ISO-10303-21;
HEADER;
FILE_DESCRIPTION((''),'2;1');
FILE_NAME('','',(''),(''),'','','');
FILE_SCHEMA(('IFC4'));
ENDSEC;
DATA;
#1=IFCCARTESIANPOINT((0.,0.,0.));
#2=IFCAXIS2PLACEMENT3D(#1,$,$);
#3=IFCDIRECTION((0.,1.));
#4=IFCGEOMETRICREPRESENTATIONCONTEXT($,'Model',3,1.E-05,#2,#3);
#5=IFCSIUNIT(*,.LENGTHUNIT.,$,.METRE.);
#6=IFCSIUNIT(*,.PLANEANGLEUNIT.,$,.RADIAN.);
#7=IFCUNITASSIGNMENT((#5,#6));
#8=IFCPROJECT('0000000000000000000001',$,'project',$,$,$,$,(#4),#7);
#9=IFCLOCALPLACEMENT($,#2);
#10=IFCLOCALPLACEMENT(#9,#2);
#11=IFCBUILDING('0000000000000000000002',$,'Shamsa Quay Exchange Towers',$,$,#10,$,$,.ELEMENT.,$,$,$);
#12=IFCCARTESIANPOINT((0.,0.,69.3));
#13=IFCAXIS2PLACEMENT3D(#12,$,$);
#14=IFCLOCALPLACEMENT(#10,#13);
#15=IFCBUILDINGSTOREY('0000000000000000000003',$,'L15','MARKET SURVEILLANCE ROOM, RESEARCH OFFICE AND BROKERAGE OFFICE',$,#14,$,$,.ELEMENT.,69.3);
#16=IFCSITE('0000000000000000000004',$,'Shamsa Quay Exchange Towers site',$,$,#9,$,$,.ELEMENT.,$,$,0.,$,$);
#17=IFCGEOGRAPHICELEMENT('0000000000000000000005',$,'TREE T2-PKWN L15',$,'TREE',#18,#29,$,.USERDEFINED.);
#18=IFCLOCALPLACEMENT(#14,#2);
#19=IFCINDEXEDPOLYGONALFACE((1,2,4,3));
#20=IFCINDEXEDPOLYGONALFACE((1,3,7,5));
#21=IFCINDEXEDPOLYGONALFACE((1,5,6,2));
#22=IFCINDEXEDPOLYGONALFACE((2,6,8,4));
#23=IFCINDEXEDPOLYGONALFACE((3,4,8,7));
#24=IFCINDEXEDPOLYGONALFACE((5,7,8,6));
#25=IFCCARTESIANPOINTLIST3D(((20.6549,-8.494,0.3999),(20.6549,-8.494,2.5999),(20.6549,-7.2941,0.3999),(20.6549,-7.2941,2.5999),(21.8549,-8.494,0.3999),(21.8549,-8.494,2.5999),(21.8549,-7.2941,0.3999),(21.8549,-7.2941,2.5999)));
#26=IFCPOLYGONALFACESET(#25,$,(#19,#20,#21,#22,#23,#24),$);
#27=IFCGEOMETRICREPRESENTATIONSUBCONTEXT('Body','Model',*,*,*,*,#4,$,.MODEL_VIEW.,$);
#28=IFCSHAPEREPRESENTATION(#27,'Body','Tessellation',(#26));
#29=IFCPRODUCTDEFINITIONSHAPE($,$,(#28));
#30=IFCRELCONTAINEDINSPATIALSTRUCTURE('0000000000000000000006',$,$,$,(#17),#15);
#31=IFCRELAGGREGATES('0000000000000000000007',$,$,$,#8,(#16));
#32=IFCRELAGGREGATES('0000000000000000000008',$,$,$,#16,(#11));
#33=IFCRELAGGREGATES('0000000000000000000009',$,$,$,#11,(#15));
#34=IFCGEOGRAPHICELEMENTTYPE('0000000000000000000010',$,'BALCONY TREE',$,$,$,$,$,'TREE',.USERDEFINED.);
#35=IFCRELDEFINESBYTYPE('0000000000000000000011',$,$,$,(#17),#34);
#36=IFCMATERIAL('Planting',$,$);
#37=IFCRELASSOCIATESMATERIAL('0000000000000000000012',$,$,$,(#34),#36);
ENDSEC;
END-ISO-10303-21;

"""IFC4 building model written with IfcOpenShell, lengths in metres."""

from ifc_helpers import new_model, si_unit, direction, frame, origin, origin_2d, place, context, subcontext, project, spatial, rectangle, extrude, material, type_object, element, save


model = new_model("IFC4")

# Units and contexts
model_context = context("Model", 3, precision=1e-05, world=origin(), true_north=direction((0.0, 1.0)))
body_context = subcontext(model_context, "Body", "Model", "MODEL_VIEW")
ifc_project = project(units=[si_unit("LENGTHUNIT", "METRE"), si_unit("PLANEANGLEUNIT", "RADIAN")], contexts=[model_context])

# Site, building, storey
site_placement = place(None, origin())
site = spatial("IfcSite", under=ifc_project, at=site_placement, Name="Shamsa Quay Exchange Towers site", CompositionType="ELEMENT", RefElevation=0.0)
building_placement = place(site_placement, origin())
building = spatial("IfcBuilding", under=site, at=building_placement, Name="Shamsa Quay Exchange Towers", CompositionType="ELEMENT")
storey_placement = place(building_placement, frame((0.0, 0.0, 69.3)))
storey = spatial("IfcBuildingStorey", under=building, at=storey_placement, Name="L15", Description="MARKET SURVEILLANCE ROOM, RESEARCH OFFICE AND BROKERAGE OFFICE", CompositionType="ELEMENT", Elevation=69.3)

# Geographic element
ifc_material_1 = material(Name="Planting")
geographic_element_type = type_object("IfcGeographicElementType", Name="BALCONY TREE", ElementType="TREE", PredefinedType="USERDEFINED", material=ifc_material_1)
geographic_element_placement = place(storey_placement, frame((21.2549, -7.894, 0.3999), z_axis=(0.0, 0.0, 1.0), x_axis=(0.0, -1.0, 0.0)))
element("IfcGeographicElement", 1, at=geographic_element_placement, inside=storey, type_object=geographic_element_type, Name="TREE T2-PKWN L15", ObjectType="TREE", PredefinedType="USERDEFINED", context=body_context, shape_type="SweptSolid", body=[
    extrude(rectangle(XDim=1.2, YDim=1.2, at=origin_2d()), origin(), (0.0, 0.0, 1.0), 2.2),
])

save(model, "model.ifc")
